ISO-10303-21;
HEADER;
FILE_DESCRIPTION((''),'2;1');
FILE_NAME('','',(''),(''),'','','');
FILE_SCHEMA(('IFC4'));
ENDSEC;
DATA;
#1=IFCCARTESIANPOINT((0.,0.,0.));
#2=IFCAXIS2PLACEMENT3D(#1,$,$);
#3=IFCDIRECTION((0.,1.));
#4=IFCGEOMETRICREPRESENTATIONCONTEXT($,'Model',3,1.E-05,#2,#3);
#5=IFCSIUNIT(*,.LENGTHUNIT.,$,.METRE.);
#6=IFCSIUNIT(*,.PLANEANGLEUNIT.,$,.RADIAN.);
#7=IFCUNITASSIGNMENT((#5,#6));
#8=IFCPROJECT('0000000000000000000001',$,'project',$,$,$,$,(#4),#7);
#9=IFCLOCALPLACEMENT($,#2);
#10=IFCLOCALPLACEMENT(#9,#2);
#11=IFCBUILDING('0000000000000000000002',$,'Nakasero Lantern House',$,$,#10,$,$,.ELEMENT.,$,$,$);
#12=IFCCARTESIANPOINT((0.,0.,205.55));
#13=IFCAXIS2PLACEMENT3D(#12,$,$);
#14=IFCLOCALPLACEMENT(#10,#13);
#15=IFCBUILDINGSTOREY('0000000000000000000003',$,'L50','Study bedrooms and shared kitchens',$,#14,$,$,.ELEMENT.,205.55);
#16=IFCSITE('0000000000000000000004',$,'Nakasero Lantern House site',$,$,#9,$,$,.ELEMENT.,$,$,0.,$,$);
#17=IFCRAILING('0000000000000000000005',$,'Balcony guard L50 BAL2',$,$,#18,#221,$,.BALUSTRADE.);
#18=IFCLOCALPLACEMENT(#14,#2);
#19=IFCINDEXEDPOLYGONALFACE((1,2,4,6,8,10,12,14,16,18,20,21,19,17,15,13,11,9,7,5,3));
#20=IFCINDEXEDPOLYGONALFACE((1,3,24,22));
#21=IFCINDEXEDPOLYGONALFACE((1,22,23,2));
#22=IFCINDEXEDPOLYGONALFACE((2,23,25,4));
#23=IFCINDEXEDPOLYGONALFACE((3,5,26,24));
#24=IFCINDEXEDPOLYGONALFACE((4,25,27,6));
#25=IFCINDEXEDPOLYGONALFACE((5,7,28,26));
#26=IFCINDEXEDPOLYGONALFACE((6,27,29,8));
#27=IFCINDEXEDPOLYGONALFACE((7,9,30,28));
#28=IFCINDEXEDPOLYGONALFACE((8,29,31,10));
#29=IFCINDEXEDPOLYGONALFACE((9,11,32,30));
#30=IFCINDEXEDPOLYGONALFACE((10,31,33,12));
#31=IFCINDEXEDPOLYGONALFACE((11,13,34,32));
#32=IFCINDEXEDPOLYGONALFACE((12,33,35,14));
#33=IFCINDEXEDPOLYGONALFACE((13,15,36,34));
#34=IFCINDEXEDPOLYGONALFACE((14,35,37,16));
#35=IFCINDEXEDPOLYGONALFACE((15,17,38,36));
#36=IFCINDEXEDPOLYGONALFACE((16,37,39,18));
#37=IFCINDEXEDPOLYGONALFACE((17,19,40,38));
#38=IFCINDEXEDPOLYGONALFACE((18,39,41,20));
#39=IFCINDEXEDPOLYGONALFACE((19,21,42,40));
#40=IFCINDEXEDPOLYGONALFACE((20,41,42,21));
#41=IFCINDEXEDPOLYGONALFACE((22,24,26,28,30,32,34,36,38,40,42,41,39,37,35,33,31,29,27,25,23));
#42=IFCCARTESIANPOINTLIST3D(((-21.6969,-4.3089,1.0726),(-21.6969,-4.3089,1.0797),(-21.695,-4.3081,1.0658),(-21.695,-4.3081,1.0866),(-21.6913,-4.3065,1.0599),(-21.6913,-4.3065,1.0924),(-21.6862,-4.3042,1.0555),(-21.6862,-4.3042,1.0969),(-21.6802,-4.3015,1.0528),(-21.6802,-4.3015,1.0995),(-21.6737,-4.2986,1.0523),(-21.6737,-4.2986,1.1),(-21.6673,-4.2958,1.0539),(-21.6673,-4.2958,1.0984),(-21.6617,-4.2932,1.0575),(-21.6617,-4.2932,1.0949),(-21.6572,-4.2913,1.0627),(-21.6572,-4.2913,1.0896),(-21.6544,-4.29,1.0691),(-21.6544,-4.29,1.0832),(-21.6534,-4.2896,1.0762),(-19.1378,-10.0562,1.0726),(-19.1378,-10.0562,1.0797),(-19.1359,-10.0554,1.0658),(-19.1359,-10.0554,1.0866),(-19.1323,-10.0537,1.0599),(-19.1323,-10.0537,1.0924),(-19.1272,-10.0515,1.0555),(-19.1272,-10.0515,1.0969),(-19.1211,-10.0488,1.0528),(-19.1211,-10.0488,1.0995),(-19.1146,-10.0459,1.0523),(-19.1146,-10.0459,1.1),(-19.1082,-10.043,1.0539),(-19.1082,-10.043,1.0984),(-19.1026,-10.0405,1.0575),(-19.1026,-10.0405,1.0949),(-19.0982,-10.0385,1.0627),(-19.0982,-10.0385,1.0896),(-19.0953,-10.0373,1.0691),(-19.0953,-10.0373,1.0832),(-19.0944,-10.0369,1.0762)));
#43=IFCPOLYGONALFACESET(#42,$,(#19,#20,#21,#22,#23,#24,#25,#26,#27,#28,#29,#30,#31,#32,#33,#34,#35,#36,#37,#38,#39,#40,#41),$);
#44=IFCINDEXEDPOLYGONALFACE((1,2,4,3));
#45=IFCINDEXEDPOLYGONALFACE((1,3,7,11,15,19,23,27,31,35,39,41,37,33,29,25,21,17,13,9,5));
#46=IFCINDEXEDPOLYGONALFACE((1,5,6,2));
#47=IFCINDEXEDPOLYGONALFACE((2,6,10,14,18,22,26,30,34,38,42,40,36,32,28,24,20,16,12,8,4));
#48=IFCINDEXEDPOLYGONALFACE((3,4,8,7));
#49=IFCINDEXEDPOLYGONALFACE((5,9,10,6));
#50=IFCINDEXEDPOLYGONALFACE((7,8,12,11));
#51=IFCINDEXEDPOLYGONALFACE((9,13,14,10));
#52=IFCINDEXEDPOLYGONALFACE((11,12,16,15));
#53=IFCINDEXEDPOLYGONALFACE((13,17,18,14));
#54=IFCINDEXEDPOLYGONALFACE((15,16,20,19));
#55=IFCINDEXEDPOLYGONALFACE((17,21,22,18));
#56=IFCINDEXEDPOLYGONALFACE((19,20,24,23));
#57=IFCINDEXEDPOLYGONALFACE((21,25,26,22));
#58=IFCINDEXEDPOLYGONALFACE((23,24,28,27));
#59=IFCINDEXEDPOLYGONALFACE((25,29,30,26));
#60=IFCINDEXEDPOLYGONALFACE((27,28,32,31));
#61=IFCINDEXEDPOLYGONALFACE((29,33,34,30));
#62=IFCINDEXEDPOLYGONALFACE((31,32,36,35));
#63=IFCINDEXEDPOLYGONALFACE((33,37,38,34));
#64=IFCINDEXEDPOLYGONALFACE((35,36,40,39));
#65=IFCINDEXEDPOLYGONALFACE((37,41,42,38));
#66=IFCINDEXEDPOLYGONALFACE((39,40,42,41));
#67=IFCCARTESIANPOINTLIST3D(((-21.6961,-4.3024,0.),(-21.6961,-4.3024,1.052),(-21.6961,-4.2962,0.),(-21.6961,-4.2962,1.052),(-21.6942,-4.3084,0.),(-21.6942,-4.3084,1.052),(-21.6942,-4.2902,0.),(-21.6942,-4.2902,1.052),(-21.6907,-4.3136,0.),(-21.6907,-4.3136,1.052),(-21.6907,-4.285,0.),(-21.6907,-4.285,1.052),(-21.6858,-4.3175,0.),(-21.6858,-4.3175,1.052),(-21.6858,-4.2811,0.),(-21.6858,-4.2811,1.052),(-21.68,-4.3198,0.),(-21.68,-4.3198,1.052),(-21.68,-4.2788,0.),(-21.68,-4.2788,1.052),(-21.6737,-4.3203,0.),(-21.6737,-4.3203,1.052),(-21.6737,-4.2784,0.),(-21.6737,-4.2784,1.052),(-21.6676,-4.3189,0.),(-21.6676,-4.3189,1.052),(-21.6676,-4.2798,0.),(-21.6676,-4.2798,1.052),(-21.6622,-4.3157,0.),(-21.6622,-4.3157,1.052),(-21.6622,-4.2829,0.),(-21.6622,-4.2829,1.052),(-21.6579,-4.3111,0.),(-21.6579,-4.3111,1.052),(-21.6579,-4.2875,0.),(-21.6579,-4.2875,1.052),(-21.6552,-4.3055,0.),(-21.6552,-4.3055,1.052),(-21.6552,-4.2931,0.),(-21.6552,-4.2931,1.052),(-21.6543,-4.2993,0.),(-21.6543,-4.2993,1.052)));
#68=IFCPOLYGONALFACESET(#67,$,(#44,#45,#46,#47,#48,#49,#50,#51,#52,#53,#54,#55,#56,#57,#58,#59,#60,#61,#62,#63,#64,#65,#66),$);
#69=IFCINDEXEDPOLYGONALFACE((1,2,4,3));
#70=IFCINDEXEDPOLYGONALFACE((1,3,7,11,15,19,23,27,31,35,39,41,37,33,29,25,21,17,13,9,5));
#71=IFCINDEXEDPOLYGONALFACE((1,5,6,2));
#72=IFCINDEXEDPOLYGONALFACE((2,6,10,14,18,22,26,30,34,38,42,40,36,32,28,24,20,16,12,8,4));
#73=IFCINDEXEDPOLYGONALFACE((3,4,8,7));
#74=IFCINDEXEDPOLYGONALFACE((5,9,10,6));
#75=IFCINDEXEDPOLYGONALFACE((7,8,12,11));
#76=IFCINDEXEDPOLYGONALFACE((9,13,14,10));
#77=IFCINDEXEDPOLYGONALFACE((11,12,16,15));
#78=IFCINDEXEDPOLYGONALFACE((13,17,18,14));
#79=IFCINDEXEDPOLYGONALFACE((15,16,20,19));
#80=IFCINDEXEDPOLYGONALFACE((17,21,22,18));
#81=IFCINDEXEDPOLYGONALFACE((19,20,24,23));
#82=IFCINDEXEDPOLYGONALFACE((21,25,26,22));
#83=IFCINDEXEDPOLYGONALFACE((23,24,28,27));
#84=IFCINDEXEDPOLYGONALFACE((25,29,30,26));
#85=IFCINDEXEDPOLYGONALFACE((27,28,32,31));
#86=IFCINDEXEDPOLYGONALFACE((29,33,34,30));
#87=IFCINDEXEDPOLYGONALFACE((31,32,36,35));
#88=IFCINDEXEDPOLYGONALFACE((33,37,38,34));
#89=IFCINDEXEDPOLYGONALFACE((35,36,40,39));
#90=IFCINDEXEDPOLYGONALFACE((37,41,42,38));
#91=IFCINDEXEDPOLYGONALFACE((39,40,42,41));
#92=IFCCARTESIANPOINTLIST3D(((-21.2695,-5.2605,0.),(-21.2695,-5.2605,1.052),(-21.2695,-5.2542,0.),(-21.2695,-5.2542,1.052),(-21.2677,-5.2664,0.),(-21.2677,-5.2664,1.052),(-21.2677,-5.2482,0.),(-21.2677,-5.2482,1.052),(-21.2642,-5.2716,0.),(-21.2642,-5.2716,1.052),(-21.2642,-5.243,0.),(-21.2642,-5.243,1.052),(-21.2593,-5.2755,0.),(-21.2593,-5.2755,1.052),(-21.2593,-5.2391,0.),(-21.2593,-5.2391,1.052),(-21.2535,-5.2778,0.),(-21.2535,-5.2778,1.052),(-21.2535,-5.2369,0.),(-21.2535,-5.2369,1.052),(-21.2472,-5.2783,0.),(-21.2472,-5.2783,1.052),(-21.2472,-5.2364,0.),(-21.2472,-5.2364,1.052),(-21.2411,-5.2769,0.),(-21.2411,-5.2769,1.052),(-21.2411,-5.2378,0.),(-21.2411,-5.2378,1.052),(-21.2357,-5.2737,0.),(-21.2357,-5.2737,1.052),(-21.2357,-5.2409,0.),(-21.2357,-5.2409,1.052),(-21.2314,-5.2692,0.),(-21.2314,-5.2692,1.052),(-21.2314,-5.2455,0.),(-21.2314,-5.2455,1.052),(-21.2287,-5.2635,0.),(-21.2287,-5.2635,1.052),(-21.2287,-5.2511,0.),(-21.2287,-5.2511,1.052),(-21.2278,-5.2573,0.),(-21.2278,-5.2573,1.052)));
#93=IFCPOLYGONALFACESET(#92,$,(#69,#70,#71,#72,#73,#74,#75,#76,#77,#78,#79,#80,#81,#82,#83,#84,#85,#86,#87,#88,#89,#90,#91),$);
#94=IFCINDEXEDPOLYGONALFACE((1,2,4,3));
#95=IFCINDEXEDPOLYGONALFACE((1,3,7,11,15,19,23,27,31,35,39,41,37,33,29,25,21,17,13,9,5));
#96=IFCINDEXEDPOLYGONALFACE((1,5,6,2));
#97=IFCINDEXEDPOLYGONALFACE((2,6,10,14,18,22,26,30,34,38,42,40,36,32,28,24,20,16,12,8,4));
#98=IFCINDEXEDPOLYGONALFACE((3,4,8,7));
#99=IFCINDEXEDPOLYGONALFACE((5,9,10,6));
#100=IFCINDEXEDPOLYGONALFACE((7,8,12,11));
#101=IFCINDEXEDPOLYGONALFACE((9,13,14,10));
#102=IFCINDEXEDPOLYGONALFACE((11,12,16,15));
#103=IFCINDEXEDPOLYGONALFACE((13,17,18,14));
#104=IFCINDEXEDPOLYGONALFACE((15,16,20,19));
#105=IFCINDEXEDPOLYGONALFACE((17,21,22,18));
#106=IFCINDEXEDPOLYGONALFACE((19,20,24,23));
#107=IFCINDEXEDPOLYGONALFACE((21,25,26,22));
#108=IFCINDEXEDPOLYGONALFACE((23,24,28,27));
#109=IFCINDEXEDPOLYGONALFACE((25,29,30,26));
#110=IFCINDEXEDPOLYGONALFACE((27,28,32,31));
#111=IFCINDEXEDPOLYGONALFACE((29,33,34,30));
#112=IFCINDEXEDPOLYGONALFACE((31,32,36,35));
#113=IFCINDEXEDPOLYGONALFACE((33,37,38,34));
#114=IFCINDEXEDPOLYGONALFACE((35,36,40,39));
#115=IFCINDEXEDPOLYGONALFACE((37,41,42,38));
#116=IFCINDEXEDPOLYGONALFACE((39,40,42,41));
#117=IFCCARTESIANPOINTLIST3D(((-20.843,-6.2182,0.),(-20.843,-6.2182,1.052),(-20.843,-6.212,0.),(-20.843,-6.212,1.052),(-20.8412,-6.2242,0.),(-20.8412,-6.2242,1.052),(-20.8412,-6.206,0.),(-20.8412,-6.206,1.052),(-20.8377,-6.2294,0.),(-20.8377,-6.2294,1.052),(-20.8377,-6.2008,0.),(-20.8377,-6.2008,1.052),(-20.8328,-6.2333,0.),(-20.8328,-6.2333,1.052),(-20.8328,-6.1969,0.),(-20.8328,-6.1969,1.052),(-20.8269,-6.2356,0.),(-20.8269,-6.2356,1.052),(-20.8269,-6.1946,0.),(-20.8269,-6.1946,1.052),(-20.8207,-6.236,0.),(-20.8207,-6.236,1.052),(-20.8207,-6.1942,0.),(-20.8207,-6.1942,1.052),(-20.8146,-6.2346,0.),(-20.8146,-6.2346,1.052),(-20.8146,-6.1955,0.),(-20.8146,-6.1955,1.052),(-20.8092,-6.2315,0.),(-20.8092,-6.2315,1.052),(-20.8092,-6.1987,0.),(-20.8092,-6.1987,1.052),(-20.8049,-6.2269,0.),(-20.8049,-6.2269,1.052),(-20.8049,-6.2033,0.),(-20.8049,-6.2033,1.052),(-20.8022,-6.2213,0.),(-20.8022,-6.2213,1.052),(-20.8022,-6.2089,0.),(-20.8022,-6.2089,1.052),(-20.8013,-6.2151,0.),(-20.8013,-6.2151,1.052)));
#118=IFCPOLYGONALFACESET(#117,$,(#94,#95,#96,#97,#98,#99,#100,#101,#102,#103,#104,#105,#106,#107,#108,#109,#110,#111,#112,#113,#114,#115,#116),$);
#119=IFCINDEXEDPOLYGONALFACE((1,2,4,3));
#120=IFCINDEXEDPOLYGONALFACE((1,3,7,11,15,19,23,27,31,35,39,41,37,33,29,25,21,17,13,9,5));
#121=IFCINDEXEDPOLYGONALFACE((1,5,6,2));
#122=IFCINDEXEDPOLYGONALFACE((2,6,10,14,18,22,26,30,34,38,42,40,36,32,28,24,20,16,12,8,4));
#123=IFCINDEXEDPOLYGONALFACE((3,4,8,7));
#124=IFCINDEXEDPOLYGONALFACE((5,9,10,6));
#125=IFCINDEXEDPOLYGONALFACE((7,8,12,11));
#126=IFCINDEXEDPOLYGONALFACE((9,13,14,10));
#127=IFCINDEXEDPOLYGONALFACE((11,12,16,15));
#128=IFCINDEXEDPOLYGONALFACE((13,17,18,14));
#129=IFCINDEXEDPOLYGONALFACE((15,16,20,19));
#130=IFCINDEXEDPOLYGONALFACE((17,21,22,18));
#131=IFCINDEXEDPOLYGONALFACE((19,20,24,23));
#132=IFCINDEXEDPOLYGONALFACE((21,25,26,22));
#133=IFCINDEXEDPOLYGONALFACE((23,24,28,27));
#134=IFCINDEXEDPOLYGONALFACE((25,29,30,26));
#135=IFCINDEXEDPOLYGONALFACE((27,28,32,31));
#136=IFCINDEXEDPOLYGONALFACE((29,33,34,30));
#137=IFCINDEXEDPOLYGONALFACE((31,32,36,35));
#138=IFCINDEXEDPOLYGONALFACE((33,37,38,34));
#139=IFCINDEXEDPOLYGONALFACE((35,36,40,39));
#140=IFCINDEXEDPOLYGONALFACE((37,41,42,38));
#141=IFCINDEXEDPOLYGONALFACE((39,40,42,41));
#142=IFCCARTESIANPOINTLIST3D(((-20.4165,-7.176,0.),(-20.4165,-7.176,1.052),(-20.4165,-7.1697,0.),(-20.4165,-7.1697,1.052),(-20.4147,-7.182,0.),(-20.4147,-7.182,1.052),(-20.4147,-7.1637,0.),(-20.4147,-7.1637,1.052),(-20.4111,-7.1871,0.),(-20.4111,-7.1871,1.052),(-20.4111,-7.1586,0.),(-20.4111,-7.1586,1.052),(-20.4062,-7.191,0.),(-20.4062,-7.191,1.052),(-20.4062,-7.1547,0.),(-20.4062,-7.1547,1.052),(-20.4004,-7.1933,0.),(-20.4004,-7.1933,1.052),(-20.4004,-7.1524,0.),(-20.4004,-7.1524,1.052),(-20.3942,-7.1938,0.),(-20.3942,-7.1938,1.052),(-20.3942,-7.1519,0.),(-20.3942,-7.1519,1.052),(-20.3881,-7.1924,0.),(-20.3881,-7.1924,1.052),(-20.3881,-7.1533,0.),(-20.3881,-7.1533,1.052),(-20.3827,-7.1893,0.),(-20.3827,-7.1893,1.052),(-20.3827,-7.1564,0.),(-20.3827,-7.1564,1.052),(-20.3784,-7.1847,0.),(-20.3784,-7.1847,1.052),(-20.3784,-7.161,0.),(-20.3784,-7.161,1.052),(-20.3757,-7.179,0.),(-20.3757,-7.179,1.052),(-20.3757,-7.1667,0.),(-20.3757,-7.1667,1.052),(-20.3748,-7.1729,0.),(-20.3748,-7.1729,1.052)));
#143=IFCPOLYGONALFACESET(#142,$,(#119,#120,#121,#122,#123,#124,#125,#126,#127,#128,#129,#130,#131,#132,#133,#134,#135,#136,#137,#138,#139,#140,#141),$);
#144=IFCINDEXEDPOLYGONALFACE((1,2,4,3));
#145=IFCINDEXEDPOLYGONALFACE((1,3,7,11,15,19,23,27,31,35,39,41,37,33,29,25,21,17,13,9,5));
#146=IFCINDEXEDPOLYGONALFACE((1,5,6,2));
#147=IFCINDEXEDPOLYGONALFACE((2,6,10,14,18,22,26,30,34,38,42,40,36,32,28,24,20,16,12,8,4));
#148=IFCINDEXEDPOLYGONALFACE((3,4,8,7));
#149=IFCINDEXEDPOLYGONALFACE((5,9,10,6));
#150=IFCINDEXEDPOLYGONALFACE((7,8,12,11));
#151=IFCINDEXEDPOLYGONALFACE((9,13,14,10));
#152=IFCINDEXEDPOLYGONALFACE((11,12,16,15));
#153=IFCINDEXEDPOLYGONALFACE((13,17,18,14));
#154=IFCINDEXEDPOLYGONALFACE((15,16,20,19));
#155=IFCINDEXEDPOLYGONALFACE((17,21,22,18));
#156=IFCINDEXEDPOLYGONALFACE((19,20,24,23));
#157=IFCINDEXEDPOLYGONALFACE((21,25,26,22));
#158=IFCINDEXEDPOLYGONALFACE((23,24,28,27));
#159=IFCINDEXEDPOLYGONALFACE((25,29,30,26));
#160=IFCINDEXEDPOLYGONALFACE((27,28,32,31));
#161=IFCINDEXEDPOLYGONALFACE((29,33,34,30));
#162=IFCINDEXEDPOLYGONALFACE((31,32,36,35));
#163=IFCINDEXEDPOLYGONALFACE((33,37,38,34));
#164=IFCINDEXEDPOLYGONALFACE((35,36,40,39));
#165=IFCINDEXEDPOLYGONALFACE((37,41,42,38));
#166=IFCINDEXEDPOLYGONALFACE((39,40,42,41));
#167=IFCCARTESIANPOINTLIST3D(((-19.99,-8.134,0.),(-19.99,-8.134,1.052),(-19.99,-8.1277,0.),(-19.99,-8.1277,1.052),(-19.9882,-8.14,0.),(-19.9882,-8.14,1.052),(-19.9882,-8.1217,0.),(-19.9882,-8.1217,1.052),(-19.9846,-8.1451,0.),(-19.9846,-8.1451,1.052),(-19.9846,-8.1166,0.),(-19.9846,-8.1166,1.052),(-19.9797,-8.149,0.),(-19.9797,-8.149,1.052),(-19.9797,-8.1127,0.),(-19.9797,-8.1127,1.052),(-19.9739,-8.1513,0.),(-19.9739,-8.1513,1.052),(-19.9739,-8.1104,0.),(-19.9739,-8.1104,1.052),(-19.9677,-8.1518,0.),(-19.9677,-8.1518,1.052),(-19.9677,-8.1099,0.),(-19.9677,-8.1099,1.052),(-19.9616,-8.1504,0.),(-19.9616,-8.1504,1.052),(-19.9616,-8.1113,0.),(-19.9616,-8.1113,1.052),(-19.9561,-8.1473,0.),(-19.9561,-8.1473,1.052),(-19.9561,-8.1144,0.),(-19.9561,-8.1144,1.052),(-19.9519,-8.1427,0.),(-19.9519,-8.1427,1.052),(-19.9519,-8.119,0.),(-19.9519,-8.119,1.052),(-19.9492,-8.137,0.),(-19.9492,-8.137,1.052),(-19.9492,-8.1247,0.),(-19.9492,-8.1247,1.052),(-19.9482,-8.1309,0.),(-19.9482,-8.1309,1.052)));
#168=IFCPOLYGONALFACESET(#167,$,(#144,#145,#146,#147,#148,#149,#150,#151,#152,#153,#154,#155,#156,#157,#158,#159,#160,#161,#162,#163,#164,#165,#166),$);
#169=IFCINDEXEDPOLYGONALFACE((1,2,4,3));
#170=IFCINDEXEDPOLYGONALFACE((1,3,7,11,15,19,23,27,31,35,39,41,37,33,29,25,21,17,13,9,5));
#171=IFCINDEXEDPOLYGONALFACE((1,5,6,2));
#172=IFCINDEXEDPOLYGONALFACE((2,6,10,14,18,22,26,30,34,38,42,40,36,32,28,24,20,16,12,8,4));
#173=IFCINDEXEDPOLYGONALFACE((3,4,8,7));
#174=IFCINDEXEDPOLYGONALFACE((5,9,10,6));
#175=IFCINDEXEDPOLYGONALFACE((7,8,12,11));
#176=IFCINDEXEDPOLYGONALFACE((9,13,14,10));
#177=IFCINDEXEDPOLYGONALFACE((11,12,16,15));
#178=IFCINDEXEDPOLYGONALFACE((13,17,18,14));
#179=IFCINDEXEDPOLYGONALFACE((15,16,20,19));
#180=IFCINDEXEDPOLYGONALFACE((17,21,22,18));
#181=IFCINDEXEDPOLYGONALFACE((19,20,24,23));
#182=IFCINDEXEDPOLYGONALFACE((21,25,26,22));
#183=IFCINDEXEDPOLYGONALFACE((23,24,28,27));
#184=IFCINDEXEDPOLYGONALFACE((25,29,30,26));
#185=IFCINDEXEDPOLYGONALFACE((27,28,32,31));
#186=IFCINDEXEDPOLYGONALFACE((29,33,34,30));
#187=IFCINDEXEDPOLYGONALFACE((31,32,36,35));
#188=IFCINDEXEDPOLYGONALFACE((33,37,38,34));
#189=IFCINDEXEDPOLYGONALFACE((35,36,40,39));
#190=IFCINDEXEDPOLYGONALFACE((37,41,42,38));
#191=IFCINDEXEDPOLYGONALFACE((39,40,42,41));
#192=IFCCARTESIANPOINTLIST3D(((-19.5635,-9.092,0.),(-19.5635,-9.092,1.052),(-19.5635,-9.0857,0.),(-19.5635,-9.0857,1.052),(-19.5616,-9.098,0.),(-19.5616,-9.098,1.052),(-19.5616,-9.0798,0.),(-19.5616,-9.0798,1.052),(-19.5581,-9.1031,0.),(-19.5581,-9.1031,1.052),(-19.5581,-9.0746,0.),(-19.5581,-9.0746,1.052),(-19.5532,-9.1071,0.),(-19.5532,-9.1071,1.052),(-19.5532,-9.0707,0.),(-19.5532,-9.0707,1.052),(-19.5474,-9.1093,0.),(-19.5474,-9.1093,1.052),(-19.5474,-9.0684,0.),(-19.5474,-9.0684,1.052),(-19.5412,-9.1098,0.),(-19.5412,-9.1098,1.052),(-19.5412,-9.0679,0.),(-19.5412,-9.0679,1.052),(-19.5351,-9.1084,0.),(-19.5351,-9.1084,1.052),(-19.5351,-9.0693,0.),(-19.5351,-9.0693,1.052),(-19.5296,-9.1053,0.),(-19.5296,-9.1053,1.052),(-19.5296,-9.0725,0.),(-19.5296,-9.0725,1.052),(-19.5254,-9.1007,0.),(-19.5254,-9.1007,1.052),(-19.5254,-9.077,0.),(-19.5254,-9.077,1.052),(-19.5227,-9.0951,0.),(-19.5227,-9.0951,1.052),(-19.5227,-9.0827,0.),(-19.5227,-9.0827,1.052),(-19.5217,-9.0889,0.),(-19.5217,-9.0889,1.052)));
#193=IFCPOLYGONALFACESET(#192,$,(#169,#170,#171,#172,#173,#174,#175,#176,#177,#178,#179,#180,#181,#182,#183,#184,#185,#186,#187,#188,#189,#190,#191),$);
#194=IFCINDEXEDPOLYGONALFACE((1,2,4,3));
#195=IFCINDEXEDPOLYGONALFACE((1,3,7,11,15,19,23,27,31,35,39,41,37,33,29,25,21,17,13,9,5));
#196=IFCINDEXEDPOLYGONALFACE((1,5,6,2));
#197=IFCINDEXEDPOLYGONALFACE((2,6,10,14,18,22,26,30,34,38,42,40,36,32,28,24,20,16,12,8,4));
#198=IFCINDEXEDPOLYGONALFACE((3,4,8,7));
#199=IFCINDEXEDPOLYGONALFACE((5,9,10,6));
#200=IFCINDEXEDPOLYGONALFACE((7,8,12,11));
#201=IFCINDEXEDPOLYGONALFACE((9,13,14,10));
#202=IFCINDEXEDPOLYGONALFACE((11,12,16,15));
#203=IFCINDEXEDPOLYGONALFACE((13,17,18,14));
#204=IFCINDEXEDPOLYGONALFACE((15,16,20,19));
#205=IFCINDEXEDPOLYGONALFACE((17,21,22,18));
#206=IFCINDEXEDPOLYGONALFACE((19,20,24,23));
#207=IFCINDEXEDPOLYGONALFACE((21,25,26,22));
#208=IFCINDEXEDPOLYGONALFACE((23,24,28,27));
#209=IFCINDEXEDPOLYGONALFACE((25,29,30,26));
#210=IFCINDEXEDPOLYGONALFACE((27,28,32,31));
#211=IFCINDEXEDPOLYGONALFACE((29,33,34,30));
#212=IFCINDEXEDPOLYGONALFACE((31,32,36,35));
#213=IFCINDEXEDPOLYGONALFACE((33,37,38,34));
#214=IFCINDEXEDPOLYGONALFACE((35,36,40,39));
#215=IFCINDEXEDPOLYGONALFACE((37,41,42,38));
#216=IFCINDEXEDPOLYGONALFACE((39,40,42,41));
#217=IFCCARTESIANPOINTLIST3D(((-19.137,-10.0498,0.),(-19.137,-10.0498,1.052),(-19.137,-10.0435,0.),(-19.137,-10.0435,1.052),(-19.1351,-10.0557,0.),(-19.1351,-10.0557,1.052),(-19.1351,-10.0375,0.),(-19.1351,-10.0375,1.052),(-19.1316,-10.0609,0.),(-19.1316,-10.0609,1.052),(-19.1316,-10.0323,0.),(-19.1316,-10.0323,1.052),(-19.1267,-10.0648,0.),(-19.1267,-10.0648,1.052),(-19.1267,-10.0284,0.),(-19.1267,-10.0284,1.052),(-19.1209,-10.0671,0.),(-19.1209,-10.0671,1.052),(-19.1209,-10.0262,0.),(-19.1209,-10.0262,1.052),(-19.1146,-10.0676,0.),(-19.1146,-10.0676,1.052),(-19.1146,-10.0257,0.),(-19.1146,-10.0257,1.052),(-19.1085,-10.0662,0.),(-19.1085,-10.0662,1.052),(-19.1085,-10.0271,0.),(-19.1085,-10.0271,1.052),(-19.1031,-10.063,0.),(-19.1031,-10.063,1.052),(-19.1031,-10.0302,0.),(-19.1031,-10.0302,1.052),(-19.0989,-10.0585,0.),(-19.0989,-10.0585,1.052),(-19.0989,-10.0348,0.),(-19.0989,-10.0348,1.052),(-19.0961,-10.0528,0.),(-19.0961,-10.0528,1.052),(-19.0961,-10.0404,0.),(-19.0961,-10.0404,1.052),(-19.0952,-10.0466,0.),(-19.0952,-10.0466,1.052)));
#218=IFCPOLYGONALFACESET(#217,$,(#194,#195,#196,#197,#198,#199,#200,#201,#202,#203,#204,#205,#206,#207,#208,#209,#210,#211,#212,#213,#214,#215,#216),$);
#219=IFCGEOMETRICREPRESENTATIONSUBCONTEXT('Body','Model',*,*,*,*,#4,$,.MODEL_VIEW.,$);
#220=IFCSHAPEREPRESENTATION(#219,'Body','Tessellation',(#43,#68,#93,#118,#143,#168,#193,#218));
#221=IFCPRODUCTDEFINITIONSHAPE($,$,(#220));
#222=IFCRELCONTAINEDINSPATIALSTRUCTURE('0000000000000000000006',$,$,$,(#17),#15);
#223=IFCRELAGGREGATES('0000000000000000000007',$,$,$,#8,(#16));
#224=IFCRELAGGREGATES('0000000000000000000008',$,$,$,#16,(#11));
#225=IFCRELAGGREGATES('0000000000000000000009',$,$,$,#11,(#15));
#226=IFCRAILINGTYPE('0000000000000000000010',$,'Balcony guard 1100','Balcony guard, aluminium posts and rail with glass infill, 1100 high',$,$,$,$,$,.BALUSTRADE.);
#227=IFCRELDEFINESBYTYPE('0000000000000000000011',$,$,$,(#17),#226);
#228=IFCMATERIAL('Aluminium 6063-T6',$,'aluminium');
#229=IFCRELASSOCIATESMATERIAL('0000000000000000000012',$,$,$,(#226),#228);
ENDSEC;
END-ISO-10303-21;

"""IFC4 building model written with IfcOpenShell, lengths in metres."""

from ifc_helpers import new_model, si_unit, direction, frame, origin, origin_2d, place, context, subcontext, project, spatial, circle, extrude, material, type_object, element, save


model = new_model("IFC4")

# Units and contexts
model_context = context("Model", 3, precision=1e-05, world=origin(), true_north=direction((0.0, 1.0)))
body_context = subcontext(model_context, "Body", "Model", "MODEL_VIEW")
ifc_project = project(units=[si_unit("LENGTHUNIT", "METRE"), si_unit("PLANEANGLEUNIT", "RADIAN")], contexts=[model_context])

# Site, building, storey
site_placement = place(None, origin())
site = spatial("IfcSite", under=ifc_project, at=site_placement, Name="Nakasero Lantern House site", CompositionType="ELEMENT", RefElevation=0.0)
building_placement = place(site_placement, origin())
building = spatial("IfcBuilding", under=site, at=building_placement, Name="Nakasero Lantern House", CompositionType="ELEMENT")
storey_placement = place(building_placement, frame((0.0, 0.0, 205.55)))
storey = spatial("IfcBuildingStorey", under=building, at=storey_placement, Name="L50", Description="Study bedrooms and shared kitchens", CompositionType="ELEMENT", Elevation=205.55)

# Railing
ifc_material_1 = material(Name="Aluminium 6063-T6", Category="aluminium")
railing_type = type_object("IfcRailingType", Name="Balcony guard 1100", Description="Balcony guard, aluminium posts and rail with glass infill, 1100 high", PredefinedType="BALUSTRADE", material=ifc_material_1)
railing_placement = place(storey_placement, frame((-21.6753, -4.2993, 0.0)))
element("IfcRailing", 1, at=railing_placement, inside=storey, type_object=railing_type, Name="Balcony guard L50 BAL2", PredefinedType="BALUSTRADE", context=body_context, shape_type="SweptSolid", body=[
    extrude(circle(Radius=0.0239, at=origin_2d()), frame((0.0, 0.0, 1.0762), z_axis=(0.406765, -0.913533, 0.0), x_axis=(0.913533, 0.406765, 0.0)), (0.0, 0.0, 1.0), 6.2913),
    extrude(circle(Radius=0.021, at=origin_2d()), origin(), (0.0, 0.0, 1.0), 1.052),
    extrude(circle(Radius=0.021, at=origin_2d()), frame((0.4265, -0.958, 0.0)), (0.0, 0.0, 1.0), 1.052),
    extrude(circle(Radius=0.021, at=origin_2d()), frame((0.853, -1.9158, 0.0)), (0.0, 0.0, 1.0), 1.052),
    extrude(circle(Radius=0.021, at=origin_2d()), frame((1.2795, -2.8735, 0.0)), (0.0, 0.0, 1.0), 1.052),
    extrude(circle(Radius=0.021, at=origin_2d()), frame((1.7061, -3.8315, 0.0)), (0.0, 0.0, 1.0), 1.052),
    extrude(circle(Radius=0.021, at=origin_2d()), frame((2.1326, -4.7896, 0.0)), (0.0, 0.0, 1.0), 1.052),
    extrude(circle(Radius=0.021, at=origin_2d()), frame((2.5591, -5.7473, 0.0)), (0.0, 0.0, 1.0), 1.052),
])

save(model, "model.ifc")
